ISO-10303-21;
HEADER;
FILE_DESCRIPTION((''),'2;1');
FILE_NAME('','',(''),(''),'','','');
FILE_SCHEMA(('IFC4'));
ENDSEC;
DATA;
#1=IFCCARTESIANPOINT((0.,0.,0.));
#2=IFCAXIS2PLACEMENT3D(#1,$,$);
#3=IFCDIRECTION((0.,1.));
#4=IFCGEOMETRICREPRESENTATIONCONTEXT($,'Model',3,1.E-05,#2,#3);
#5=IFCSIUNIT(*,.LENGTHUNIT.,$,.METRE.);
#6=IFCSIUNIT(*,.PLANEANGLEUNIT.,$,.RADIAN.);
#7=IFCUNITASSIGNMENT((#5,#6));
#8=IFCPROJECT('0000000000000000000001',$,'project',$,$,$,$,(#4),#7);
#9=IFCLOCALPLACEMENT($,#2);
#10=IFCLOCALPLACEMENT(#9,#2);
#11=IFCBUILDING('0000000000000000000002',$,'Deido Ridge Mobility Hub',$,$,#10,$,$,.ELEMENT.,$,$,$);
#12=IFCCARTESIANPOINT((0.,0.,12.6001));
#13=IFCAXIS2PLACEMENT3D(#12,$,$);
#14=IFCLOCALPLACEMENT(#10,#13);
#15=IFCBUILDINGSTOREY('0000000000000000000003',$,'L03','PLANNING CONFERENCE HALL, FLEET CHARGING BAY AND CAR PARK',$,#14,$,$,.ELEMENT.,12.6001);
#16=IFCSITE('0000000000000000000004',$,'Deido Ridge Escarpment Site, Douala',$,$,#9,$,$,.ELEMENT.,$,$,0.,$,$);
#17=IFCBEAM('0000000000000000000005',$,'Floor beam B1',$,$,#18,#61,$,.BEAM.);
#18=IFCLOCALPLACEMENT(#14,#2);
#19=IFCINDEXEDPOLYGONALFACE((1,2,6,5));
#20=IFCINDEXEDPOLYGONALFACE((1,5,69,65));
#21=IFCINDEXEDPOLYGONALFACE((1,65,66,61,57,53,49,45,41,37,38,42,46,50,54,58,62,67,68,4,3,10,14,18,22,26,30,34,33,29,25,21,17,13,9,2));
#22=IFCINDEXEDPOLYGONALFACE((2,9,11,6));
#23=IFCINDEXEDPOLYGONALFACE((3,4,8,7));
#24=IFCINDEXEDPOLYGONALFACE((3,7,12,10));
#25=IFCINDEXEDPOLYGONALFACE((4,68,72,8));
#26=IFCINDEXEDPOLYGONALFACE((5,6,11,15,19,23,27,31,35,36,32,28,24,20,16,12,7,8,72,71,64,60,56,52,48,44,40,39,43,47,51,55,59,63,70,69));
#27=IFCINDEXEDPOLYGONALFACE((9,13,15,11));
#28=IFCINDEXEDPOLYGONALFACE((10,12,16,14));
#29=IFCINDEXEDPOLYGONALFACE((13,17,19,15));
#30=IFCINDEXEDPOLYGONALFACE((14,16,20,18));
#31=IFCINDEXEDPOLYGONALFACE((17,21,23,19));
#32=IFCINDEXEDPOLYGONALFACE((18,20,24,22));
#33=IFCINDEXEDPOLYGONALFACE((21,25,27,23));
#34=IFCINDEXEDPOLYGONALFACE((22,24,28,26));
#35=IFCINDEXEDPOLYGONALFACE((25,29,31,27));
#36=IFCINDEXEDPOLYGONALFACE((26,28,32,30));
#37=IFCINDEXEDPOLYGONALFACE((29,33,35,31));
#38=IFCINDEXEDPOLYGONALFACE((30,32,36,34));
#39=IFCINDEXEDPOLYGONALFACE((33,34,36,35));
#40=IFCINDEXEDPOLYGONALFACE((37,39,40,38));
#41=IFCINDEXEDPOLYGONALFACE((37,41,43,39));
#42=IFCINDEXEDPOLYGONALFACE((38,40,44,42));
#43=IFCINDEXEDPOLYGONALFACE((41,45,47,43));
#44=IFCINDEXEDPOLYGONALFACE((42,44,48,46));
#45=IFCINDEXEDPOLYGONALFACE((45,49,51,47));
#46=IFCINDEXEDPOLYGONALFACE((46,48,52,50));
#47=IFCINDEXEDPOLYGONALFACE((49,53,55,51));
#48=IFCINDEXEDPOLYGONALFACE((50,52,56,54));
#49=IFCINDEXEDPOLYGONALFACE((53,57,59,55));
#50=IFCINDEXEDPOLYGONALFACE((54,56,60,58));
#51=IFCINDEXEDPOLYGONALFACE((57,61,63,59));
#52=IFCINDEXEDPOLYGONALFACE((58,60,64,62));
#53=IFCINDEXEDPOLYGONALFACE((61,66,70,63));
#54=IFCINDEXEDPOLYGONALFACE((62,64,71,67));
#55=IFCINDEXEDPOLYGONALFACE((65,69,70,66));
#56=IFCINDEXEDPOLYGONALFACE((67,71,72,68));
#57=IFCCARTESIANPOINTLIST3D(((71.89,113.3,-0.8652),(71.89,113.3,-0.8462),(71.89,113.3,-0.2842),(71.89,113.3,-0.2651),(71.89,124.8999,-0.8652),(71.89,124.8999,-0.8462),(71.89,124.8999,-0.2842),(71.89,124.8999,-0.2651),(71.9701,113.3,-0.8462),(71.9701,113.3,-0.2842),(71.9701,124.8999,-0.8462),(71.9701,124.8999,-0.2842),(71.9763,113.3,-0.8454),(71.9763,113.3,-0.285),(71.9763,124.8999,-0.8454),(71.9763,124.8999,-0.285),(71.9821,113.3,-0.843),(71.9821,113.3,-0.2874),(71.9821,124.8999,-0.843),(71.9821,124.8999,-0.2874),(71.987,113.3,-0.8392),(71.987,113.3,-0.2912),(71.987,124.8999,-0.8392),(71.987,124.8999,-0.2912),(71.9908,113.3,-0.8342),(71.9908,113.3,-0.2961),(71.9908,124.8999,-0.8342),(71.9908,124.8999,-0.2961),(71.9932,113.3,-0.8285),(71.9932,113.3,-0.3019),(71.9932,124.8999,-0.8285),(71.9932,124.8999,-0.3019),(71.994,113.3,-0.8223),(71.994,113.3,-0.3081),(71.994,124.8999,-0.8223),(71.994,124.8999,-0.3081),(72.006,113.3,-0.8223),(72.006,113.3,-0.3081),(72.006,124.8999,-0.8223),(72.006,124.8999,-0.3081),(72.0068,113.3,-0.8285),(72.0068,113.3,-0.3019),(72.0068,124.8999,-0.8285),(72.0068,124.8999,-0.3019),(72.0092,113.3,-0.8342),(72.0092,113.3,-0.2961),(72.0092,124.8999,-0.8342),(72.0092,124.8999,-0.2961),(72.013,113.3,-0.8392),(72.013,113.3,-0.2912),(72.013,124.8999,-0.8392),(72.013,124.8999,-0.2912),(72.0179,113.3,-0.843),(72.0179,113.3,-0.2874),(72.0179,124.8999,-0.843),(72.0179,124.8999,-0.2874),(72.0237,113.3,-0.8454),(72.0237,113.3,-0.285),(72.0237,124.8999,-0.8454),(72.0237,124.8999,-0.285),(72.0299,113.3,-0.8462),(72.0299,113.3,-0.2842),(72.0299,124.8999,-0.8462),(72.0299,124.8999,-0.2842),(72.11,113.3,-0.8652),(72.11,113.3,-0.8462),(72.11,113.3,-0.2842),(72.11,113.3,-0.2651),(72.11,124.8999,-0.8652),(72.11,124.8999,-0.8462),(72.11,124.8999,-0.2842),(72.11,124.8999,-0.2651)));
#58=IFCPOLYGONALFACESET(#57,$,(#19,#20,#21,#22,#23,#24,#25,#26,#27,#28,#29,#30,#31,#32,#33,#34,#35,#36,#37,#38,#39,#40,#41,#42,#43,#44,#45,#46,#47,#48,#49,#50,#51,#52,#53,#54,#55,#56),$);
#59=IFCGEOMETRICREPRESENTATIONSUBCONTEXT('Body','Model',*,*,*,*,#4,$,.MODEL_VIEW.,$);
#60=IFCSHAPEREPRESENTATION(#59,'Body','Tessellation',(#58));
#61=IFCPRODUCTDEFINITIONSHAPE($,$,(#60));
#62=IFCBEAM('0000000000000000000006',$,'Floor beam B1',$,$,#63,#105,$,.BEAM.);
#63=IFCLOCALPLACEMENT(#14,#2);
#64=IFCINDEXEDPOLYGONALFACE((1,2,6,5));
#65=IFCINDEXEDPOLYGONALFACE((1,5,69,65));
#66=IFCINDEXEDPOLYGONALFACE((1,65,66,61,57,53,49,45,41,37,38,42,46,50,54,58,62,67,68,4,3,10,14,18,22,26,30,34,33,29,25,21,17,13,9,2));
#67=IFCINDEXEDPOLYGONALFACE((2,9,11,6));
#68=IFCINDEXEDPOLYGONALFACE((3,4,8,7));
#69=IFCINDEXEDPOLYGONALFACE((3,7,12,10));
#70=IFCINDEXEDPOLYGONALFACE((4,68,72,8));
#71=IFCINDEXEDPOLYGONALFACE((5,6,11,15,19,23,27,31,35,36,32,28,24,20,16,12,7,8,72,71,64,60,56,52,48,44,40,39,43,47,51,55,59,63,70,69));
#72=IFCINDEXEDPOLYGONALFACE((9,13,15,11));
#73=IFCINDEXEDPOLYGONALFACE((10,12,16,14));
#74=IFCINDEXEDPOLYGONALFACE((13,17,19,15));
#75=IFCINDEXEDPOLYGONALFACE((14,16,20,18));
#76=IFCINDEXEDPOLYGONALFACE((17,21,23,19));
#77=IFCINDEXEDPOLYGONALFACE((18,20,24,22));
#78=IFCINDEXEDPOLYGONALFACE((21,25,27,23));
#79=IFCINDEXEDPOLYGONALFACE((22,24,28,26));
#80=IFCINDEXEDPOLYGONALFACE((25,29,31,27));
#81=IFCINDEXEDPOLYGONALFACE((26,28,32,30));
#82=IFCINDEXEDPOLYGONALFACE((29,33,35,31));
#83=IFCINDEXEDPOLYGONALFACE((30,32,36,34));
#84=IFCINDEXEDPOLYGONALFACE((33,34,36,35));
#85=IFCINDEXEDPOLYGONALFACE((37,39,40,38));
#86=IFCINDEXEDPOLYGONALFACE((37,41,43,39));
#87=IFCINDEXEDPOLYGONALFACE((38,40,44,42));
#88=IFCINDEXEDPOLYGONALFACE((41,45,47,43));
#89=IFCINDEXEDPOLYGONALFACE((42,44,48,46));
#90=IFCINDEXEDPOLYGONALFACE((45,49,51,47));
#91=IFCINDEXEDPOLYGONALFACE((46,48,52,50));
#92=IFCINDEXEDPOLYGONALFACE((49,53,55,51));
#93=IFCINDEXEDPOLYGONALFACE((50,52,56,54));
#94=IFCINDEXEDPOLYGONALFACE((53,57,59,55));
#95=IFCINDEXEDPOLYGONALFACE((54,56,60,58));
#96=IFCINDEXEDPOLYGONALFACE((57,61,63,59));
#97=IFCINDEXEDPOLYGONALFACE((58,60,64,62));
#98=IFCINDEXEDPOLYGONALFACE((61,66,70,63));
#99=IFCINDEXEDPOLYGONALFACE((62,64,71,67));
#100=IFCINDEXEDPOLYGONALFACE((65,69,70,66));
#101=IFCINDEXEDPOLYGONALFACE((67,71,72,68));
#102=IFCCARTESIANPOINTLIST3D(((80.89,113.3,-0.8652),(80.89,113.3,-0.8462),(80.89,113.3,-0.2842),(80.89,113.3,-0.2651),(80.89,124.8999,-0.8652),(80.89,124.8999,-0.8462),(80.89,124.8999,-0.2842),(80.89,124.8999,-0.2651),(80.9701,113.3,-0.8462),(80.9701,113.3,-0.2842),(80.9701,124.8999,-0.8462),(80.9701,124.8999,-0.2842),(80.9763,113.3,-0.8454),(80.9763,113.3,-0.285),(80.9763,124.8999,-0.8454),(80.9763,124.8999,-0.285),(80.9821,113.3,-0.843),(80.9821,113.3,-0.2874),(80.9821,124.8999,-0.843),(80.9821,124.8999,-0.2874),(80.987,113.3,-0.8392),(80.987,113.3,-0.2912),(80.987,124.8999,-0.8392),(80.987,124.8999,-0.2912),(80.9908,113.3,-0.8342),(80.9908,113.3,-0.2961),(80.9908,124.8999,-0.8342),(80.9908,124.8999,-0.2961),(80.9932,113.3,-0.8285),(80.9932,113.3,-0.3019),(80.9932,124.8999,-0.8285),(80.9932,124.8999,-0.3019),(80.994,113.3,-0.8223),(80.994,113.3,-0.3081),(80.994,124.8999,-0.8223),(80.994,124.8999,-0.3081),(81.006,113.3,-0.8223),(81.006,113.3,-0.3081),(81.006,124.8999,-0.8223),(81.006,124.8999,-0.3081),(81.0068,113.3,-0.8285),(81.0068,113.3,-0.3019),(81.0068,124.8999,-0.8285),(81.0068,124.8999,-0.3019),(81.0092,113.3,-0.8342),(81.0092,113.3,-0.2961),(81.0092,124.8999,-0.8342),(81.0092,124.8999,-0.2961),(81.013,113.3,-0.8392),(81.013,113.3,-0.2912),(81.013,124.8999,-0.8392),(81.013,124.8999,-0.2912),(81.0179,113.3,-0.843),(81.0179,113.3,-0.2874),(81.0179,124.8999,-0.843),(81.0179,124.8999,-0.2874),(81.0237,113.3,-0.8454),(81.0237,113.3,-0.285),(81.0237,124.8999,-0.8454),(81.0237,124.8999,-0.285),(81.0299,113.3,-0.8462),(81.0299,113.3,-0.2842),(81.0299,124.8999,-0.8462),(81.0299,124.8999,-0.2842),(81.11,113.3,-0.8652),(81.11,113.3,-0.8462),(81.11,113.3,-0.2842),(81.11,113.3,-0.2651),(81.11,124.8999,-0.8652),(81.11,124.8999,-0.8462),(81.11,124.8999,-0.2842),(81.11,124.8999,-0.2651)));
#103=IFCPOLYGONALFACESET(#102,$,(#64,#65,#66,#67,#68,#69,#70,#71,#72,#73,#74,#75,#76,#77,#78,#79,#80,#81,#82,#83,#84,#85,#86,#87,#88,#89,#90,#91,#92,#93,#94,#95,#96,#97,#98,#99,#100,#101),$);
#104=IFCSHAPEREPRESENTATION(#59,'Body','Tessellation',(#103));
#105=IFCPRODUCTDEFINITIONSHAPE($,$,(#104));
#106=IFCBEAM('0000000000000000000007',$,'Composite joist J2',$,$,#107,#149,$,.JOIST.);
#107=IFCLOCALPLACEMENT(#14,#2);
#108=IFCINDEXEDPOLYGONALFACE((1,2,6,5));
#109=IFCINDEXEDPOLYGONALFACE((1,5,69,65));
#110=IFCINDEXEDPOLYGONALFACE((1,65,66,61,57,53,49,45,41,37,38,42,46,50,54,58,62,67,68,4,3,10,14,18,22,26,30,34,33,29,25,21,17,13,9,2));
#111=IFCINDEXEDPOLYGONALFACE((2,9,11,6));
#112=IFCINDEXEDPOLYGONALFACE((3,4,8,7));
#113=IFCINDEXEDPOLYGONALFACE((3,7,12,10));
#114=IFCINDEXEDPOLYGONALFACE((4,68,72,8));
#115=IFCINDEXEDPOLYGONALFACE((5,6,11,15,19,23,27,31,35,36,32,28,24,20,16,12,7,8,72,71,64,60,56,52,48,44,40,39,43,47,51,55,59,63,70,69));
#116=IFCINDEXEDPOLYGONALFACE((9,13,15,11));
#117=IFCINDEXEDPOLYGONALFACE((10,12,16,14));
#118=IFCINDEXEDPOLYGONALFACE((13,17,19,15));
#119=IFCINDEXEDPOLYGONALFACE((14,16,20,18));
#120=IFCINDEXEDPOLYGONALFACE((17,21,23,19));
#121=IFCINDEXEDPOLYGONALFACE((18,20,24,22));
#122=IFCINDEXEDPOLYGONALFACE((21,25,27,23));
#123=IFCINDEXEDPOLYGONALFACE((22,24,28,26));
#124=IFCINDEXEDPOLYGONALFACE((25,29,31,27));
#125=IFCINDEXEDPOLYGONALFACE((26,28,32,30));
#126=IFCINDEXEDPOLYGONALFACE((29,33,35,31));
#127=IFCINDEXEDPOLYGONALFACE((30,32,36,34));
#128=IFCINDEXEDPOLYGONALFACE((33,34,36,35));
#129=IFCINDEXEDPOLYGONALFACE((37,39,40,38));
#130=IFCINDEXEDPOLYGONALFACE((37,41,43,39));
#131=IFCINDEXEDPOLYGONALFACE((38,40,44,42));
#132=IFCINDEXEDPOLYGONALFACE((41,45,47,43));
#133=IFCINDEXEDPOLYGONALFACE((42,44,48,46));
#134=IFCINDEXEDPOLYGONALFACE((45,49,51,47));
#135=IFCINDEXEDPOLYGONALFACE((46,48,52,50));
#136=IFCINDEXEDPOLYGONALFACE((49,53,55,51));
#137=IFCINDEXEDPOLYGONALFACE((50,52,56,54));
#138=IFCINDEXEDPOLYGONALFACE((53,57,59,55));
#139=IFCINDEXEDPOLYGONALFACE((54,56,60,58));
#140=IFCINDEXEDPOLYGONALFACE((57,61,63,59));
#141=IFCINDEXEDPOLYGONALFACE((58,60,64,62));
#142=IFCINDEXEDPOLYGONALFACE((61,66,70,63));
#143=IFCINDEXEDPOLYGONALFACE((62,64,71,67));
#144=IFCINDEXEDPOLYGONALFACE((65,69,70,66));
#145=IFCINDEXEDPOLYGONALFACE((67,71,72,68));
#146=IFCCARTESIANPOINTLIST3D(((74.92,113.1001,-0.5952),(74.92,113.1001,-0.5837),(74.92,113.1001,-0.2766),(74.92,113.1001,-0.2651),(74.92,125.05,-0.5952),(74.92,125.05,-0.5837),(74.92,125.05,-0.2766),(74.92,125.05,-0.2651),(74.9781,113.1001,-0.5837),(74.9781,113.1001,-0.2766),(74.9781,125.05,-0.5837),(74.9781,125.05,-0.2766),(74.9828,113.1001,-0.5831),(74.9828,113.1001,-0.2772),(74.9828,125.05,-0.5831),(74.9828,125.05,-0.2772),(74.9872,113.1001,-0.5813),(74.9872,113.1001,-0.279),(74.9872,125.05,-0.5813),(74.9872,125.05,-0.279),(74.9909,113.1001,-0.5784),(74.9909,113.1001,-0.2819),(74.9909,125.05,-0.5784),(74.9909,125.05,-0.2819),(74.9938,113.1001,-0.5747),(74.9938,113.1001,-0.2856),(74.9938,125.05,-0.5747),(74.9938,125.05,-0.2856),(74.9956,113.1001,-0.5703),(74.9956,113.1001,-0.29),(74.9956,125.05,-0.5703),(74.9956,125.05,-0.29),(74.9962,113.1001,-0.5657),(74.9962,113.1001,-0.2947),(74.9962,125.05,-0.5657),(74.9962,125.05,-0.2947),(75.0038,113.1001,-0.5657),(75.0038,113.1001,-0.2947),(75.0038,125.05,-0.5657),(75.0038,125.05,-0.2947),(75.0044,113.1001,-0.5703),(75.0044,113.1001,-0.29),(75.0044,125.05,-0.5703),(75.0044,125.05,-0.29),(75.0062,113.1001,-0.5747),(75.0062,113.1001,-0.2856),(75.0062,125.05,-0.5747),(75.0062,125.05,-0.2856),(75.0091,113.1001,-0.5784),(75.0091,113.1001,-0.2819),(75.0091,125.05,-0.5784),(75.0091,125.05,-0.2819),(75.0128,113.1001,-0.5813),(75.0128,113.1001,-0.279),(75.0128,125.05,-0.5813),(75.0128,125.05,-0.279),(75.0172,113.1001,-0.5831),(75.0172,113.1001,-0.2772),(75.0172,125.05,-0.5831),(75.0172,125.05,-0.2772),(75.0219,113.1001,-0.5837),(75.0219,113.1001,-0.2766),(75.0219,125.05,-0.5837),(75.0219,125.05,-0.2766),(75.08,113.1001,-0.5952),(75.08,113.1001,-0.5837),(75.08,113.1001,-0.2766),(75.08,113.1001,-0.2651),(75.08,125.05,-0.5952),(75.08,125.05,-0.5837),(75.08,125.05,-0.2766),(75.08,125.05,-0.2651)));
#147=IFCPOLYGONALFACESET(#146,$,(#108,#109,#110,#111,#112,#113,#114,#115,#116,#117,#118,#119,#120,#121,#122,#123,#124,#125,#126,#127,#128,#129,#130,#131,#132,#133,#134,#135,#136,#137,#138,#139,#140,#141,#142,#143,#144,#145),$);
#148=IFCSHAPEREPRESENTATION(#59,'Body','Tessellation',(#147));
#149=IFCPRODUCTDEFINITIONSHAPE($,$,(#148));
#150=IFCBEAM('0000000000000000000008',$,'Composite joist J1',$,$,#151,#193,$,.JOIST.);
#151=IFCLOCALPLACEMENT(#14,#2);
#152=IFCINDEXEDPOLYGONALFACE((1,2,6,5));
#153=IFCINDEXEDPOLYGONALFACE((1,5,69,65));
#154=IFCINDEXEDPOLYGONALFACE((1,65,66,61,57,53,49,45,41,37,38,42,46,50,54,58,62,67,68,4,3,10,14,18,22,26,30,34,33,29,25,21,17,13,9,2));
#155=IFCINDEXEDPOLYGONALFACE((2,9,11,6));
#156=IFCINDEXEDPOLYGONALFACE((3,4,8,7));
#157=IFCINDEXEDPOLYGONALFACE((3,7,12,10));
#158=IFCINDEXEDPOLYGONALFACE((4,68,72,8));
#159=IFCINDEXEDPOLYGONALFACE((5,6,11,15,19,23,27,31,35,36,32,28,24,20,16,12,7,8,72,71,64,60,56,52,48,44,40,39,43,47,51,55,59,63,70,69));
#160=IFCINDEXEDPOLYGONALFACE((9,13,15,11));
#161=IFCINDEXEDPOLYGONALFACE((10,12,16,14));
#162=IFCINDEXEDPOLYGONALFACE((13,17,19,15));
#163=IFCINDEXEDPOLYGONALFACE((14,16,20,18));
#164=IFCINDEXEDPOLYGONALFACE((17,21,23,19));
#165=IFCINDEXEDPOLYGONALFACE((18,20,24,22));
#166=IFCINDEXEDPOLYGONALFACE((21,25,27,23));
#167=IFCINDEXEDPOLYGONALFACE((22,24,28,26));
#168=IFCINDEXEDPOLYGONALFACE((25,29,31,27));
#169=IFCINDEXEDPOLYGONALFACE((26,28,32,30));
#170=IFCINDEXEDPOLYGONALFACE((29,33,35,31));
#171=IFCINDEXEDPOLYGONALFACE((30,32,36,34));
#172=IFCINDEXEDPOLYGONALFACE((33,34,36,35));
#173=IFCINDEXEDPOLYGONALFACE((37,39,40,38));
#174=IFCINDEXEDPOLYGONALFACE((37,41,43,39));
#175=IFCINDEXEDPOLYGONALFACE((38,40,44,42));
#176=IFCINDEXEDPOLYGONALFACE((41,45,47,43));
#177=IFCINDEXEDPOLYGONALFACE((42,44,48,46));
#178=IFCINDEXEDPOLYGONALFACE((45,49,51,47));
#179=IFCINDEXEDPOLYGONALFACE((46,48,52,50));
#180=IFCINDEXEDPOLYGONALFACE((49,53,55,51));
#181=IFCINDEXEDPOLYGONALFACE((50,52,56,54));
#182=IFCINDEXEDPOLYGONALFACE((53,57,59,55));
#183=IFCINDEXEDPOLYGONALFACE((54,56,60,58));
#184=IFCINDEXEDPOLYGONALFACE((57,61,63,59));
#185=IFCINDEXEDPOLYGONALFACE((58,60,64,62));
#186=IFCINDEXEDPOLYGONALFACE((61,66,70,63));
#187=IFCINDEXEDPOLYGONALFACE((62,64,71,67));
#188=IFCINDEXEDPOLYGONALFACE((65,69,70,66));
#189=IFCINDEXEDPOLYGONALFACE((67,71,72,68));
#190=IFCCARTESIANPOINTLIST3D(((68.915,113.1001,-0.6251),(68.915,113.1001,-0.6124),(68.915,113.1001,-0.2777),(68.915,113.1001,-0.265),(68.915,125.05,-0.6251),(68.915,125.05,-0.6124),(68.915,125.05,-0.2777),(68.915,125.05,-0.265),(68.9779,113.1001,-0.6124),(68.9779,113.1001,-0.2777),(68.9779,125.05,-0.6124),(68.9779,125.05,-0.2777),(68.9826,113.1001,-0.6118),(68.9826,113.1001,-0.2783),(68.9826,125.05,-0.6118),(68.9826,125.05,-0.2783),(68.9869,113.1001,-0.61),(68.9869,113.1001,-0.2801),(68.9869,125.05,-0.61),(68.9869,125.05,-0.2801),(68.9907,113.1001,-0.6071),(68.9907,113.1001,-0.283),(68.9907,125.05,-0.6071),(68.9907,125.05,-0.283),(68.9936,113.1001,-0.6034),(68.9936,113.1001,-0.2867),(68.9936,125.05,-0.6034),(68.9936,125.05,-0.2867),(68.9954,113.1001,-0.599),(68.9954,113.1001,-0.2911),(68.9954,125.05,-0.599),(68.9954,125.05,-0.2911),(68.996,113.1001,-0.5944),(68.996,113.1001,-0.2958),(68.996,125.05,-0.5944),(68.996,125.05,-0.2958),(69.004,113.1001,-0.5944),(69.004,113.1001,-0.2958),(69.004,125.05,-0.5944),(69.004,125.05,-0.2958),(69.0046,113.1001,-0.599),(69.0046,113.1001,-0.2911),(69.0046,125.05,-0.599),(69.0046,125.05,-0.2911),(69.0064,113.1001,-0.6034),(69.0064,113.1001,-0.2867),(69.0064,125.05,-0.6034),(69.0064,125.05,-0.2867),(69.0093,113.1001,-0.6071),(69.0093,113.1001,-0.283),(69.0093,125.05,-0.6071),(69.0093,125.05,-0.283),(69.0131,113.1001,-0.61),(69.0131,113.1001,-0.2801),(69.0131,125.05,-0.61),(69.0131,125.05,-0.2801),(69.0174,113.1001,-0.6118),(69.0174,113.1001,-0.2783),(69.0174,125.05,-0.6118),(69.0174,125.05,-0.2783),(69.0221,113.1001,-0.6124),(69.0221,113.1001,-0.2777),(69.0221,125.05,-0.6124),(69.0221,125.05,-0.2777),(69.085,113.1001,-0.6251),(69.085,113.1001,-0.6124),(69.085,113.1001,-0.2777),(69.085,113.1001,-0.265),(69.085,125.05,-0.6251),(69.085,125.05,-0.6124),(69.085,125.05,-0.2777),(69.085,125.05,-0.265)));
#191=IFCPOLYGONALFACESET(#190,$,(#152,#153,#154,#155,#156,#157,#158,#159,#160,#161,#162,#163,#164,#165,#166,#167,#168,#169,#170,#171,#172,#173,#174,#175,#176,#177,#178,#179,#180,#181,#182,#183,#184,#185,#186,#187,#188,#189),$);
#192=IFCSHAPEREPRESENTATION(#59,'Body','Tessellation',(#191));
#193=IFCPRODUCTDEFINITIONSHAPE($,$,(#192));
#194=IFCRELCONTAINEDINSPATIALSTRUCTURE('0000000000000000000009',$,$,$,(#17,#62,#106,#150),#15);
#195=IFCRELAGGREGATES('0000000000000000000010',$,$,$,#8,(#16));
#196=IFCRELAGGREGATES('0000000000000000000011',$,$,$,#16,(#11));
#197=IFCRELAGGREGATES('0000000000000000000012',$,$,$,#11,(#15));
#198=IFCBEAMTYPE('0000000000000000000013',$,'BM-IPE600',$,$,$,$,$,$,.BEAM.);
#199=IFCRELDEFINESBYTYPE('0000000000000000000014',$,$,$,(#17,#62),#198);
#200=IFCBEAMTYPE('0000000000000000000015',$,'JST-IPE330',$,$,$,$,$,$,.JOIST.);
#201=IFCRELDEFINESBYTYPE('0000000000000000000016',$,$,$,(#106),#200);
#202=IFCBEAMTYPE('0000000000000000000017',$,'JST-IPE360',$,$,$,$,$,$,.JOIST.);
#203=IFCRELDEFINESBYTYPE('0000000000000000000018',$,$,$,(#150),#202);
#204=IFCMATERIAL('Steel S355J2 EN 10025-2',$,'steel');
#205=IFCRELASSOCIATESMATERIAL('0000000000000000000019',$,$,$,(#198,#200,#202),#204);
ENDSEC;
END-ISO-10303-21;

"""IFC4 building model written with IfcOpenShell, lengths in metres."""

from ifc_helpers import new_model, si_unit, direction, frame, origin, origin_2d, place, context, subcontext, project, spatial, i_section, extrude, material, material_profile, profile_set, type_object, element, save


model = new_model("IFC4")

# Units and contexts
model_context = context("Model", 3, precision=1e-05, world=origin(), true_north=direction((0.0, 1.0)))
body_context = subcontext(model_context, "Body", "Model", "MODEL_VIEW")
ifc_project = project(units=[si_unit("LENGTHUNIT", "METRE"), si_unit("PLANEANGLEUNIT", "RADIAN")], contexts=[model_context])

# Site, building, storey
site_placement = place(None, origin())
site = spatial("IfcSite", under=ifc_project, at=site_placement, Name="Deido Ridge Escarpment Site, Douala", CompositionType="ELEMENT", RefElevation=0.0)
building_placement = place(site_placement, origin())
building = spatial("IfcBuilding", under=site, at=building_placement, Name="Deido Ridge Mobility Hub", CompositionType="ELEMENT")
storey_placement = place(building_placement, frame((0.0, 0.0, 12.6001)))
storey = spatial("IfcBuildingStorey", under=building, at=storey_placement, Name="L03", Description="PLANNING CONFERENCE HALL, FLEET CHARGING BAY AND CAR PARK", CompositionType="ELEMENT", Elevation=12.6001)

# Shared definitions
ifc_material_1 = material(Name="Steel S355J2 EN 10025-2", Category="steel")

# Beams
ifc_material_profile_1 = material_profile(ifc_material_1, i_section(OverallWidth=0.22, OverallDepth=0.6001, WebThickness=0.012, FlangeThickness=0.019, FilletRadius=0.0239, at=origin_2d()), Name="IPE 600")
ifc_profile_set_1 = profile_set([ifc_material_profile_1], Name="Steel S355J2 EN 10025-2")
beam_type_1 = type_object("IfcBeamType", Name="BM-IPE600", PredefinedType="BEAM", material=ifc_profile_set_1)
for number, where, z_axis, x_axis, name in (
    (1, (72.0, 113.3, -0.5652), (0.0, 1.0, 0.0), (-1.0, 0.0, 0.0), "Floor beam B1"),
    (2, (81.0, 113.3, -0.5652), (0.0, 1.0, 0.0), (-1.0, 0.0, 0.0), "Floor beam B1"),
):
    element("IfcBeam", number, at=place(storey_placement, frame(where, z_axis=z_axis, x_axis=x_axis)), inside=storey, type_object=beam_type_1, Name=name, PredefinedType="BEAM", context=body_context, shape_type="SweptSolid", body=[
        extrude(i_section(OverallWidth=0.22, OverallDepth=0.6001, WebThickness=0.012, FlangeThickness=0.019, FilletRadius=0.0239, at=origin_2d()), origin(), (0.0, 0.0, 1.0), 11.5999),
    ])
ifc_material_profile_2 = material_profile(ifc_material_1, i_section(OverallWidth=0.1599, OverallDepth=0.3301, WebThickness=0.0076, FlangeThickness=0.0115, FilletRadius=0.0181, at=origin_2d()), Name="IPE 330")
ifc_profile_set_2 = profile_set([ifc_material_profile_2], Name="Steel S355J2 EN 10025-2")
beam_type_2 = type_object("IfcBeamType", Name="JST-IPE330", PredefinedType="JOIST", material=ifc_profile_set_2)
beam_placement = place(storey_placement, frame((75.0, 113.1001, -0.4302), z_axis=(0.0, 1.0, 0.0), x_axis=(-1.0, 0.0, 0.0)))
element("IfcBeam", 3, at=beam_placement, inside=storey, type_object=beam_type_2, Name="Composite joist J2", PredefinedType="JOIST", context=body_context, shape_type="SweptSolid", body=[
    extrude(i_section(OverallWidth=0.1599, OverallDepth=0.3301, WebThickness=0.0076, FlangeThickness=0.0115, FilletRadius=0.0181, at=origin_2d()), origin(), (0.0, 0.0, 1.0), 11.95),
])
ifc_material_profile_3 = material_profile(ifc_material_1, i_section(OverallWidth=0.1699, OverallDepth=0.3601, WebThickness=0.0081, FlangeThickness=0.0127, FilletRadius=0.0181, at=origin_2d()), Name="IPE 360")
ifc_profile_set_3 = profile_set([ifc_material_profile_3], Name="Steel S355J2 EN 10025-2")
beam_type_3 = type_object("IfcBeamType", Name="JST-IPE360", PredefinedType="JOIST", material=ifc_profile_set_3)
for number, where, z_axis, x_axis, name in (
    (4, (69.0, 113.1001, -0.4451), (0.0, 1.0, 0.0), (-1.0, 0.0, 0.0), "Composite joist J1"),
):
    element("IfcBeam", number, at=place(storey_placement, frame(where, z_axis=z_axis, x_axis=x_axis)), inside=storey, type_object=beam_type_3, Name=name, PredefinedType="JOIST", context=body_context, shape_type="SweptSolid", body=[
        extrude(i_section(OverallWidth=0.1699, OverallDepth=0.3601, WebThickness=0.0081, FlangeThickness=0.0127, FilletRadius=0.0181, at=origin_2d()), origin(), (0.0, 0.0, 1.0), 11.95),
    ])

save(model, "model.ifc")
